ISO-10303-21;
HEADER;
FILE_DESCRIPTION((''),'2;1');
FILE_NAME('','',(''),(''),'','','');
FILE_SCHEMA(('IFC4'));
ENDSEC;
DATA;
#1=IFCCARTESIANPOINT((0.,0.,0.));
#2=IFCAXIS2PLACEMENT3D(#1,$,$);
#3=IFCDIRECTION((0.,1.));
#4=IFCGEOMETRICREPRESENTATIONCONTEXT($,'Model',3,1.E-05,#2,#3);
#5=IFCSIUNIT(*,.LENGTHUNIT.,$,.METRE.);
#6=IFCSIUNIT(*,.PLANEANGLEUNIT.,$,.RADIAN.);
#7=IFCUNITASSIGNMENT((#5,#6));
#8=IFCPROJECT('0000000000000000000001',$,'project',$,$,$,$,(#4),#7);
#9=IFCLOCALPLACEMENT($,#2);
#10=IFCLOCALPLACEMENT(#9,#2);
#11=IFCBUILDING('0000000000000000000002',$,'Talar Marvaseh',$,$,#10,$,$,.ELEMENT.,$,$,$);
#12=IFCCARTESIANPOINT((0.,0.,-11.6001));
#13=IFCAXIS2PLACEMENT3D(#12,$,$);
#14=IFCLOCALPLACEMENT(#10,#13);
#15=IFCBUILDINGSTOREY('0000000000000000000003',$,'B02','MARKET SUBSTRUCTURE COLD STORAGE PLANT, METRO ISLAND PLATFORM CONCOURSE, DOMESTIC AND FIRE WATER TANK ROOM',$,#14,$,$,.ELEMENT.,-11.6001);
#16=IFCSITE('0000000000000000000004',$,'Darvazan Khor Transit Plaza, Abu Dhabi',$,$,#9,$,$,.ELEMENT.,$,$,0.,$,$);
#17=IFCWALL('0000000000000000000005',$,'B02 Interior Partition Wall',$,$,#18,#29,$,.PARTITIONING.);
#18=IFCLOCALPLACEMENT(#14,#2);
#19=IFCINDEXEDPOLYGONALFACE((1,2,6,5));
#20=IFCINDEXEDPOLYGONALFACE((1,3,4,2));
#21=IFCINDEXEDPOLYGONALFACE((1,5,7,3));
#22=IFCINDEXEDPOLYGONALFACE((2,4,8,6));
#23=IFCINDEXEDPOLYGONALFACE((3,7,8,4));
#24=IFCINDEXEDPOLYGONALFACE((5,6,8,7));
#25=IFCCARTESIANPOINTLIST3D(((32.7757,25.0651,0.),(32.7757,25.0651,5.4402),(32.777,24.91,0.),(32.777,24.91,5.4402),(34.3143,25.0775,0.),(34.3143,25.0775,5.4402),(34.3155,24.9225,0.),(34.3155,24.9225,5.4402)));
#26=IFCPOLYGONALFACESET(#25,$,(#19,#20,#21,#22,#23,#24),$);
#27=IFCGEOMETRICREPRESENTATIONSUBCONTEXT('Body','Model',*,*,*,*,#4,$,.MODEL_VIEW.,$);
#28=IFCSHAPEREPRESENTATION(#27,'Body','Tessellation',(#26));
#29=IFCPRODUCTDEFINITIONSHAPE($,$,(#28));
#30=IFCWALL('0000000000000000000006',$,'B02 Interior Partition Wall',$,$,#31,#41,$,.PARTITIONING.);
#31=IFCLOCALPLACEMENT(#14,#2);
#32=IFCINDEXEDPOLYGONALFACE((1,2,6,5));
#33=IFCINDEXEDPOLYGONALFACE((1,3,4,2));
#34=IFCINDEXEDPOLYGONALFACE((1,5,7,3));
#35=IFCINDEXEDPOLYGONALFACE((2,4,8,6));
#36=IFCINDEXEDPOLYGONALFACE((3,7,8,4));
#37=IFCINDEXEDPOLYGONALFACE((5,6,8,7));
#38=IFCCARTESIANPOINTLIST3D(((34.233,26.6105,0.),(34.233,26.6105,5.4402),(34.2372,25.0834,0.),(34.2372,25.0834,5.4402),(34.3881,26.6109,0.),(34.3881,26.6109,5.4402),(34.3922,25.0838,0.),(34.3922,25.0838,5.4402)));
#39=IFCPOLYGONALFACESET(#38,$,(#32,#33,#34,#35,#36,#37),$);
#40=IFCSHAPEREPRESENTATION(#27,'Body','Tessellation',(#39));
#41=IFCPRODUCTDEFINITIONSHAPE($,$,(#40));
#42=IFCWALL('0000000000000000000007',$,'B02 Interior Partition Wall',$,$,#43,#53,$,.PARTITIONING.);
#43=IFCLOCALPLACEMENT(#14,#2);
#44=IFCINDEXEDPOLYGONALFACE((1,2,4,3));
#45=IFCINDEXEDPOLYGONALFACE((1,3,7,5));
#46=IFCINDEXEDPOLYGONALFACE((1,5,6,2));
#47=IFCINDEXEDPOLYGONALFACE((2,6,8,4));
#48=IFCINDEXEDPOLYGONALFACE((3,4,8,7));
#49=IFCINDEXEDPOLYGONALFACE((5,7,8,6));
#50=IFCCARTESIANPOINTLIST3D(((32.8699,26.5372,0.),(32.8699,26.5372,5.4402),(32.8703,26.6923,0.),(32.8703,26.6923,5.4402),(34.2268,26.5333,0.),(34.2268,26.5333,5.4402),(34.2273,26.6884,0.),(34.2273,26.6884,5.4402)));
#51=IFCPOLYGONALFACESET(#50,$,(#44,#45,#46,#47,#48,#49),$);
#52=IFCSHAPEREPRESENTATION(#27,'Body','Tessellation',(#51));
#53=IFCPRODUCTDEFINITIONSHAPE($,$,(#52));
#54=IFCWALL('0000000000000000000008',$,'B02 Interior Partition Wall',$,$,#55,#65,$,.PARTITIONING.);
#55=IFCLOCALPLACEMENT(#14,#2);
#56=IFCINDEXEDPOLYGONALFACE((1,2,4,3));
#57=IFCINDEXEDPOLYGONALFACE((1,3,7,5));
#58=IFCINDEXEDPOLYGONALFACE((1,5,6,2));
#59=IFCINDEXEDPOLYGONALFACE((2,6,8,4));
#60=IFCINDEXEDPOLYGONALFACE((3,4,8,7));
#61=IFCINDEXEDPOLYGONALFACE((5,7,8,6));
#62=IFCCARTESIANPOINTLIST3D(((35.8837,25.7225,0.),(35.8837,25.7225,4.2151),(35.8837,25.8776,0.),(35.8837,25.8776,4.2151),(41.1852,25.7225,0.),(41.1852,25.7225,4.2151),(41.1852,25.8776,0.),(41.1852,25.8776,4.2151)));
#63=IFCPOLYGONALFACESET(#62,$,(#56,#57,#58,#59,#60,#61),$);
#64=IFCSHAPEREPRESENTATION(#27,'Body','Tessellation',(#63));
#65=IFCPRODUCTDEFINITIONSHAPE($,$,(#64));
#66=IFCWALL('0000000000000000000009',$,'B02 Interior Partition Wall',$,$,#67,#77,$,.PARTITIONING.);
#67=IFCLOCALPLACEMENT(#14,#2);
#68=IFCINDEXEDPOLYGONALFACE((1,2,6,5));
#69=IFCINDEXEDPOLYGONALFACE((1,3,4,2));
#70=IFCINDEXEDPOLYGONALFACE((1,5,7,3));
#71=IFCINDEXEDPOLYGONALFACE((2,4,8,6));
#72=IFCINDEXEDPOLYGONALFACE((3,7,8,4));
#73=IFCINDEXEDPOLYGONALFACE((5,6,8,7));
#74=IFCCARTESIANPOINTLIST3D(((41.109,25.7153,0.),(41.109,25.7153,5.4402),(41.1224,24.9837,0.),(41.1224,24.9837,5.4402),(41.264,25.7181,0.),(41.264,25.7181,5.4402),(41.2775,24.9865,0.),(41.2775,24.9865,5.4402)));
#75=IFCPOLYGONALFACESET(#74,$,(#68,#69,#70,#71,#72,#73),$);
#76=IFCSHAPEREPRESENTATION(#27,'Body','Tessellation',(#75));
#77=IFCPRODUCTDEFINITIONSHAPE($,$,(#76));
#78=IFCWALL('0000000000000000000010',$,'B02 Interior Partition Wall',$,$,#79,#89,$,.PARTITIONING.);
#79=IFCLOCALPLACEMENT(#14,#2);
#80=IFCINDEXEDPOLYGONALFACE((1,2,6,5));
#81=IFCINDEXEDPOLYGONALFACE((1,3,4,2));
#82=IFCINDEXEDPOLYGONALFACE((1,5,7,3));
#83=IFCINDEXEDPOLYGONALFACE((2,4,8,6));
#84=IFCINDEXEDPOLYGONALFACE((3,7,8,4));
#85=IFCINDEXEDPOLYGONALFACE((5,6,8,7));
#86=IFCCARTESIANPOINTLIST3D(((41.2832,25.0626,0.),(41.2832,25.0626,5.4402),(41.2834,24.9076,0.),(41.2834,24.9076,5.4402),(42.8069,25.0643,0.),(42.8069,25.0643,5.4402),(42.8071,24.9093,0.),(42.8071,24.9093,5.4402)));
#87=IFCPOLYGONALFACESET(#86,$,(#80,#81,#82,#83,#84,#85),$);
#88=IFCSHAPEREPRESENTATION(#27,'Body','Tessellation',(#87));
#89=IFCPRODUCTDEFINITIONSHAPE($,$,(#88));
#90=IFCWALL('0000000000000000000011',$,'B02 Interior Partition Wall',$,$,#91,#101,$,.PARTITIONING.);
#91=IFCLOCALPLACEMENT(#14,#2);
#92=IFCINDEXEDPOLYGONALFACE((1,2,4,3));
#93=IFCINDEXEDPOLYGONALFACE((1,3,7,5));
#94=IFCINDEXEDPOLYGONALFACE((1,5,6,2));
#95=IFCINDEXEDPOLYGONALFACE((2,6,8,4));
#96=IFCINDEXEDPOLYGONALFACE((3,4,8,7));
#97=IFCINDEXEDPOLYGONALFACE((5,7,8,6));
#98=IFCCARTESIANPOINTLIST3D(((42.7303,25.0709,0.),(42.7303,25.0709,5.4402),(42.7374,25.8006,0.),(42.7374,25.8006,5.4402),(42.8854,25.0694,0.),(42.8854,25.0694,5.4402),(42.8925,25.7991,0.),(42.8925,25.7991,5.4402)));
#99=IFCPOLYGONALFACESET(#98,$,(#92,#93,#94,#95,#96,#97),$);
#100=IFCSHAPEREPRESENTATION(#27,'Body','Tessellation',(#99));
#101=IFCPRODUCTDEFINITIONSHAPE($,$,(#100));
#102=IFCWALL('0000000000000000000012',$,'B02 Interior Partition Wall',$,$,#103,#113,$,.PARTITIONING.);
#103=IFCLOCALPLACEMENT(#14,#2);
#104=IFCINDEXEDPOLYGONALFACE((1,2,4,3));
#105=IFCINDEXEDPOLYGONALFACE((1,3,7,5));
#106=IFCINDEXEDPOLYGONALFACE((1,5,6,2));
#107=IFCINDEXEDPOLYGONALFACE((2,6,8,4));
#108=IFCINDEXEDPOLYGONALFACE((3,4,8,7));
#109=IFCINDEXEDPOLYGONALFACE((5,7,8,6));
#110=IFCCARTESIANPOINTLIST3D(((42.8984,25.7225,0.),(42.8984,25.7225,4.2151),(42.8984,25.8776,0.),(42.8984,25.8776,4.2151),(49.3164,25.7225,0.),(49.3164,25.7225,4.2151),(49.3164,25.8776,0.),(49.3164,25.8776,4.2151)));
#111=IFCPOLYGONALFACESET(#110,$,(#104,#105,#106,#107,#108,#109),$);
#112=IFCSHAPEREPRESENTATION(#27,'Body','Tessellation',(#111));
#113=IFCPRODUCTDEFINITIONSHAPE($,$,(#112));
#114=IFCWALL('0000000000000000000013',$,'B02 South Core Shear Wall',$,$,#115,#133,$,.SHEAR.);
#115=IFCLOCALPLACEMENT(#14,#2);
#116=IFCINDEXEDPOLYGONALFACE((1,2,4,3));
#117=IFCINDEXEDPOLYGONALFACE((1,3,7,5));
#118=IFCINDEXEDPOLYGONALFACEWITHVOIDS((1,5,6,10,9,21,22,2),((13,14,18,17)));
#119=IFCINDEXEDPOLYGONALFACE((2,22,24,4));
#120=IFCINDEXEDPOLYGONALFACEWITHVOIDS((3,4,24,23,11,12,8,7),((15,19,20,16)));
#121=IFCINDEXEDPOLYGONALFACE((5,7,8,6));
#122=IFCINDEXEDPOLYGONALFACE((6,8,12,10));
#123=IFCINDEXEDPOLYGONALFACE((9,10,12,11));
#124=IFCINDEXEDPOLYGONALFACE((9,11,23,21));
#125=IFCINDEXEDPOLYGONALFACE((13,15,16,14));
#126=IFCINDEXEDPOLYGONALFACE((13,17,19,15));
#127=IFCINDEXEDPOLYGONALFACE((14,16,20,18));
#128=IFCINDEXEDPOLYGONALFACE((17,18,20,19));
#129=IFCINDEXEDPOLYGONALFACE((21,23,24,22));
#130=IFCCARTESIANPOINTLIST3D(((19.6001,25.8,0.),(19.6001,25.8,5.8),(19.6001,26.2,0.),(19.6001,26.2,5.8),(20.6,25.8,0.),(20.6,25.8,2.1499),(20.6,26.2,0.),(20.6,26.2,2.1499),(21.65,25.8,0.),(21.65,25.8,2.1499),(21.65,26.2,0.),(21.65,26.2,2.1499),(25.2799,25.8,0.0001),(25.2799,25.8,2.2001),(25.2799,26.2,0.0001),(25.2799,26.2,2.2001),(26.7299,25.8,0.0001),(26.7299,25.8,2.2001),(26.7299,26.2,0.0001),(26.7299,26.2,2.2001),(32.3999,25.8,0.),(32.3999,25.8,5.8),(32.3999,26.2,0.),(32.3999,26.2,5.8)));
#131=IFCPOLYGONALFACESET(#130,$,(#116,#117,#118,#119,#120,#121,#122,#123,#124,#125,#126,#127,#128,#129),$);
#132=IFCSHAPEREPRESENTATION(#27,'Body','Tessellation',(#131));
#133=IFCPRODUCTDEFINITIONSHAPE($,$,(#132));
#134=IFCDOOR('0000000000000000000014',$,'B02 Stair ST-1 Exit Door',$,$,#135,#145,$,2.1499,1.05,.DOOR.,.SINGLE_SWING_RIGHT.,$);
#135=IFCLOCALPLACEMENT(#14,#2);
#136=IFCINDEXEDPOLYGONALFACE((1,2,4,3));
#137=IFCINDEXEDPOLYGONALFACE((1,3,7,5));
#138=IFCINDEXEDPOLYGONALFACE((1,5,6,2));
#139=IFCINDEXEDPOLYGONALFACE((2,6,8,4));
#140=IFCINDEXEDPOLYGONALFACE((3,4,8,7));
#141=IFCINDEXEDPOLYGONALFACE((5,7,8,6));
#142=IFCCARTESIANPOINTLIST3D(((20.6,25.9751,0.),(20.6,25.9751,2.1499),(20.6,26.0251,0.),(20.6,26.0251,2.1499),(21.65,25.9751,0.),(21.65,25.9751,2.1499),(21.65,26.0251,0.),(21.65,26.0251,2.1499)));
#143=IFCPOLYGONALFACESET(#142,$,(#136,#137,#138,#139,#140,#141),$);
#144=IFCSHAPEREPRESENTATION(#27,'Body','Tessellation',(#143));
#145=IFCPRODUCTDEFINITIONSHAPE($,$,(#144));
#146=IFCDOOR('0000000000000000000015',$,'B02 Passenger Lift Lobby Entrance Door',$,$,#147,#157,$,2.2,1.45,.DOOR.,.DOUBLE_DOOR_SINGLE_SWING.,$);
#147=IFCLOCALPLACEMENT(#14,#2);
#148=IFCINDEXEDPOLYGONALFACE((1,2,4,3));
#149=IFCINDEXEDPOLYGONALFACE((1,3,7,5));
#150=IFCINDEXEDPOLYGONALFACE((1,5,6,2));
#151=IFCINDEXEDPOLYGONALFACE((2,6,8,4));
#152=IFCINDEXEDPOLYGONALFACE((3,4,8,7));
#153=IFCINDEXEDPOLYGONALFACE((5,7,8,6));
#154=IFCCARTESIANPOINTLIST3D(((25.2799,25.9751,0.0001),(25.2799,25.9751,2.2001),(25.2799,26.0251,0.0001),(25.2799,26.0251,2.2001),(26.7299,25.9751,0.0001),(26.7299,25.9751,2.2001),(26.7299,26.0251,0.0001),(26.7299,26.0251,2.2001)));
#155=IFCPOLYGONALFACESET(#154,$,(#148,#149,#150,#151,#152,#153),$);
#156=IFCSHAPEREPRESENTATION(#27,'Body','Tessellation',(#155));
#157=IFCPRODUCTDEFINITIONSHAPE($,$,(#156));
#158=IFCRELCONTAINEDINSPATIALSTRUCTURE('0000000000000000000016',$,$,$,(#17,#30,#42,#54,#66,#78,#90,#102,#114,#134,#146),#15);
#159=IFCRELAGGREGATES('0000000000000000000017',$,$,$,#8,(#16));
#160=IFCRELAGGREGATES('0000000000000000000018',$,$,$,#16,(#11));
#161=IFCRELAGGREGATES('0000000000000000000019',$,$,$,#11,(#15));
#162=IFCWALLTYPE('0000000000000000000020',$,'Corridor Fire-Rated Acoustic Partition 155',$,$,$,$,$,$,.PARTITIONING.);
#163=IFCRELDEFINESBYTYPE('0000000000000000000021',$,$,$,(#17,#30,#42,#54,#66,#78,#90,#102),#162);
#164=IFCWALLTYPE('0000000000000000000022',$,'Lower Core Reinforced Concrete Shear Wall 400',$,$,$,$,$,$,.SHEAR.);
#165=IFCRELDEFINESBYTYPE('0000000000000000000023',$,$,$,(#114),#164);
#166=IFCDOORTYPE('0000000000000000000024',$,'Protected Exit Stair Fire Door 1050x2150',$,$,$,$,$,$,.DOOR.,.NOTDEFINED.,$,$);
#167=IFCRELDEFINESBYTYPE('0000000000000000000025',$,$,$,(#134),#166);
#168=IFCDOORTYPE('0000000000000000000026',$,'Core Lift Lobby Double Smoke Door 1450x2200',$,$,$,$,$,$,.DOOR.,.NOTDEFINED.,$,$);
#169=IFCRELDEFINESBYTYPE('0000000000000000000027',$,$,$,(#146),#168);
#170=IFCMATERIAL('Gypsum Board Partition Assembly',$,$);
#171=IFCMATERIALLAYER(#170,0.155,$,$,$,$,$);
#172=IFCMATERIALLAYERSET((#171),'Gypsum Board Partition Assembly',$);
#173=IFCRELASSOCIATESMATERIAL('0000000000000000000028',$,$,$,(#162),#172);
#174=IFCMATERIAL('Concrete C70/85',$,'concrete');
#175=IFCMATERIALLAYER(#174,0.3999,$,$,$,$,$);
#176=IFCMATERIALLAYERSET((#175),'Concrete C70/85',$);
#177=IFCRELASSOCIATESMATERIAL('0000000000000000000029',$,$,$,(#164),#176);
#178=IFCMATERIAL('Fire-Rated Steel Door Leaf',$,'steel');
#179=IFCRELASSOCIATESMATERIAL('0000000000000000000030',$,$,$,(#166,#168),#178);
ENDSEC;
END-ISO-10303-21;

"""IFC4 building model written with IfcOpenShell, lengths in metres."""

from ifc_helpers import new_model, si_unit, direction, frame, frame_2d, origin, place, context, subcontext, project, spatial, rectangle, extrude, source, transform, mapped, material, layer, layer_set, type_object, type_shapes, element, fill, save


model = new_model("IFC4")

# Units and contexts
model_context = context("Model", 3, precision=1e-05, world=origin(), true_north=direction((0.0, 1.0)))
body_context = subcontext(model_context, "Body", "Model", "MODEL_VIEW")
ifc_project = project(units=[si_unit("LENGTHUNIT", "METRE"), si_unit("PLANEANGLEUNIT", "RADIAN")], contexts=[model_context])

# Site, building, storey
site_placement = place(None, origin())
site = spatial("IfcSite", under=ifc_project, at=site_placement, Name="Darvazan Khor Transit Plaza, Abu Dhabi", CompositionType="ELEMENT", RefElevation=0.0)
building_placement = place(site_placement, origin())
building = spatial("IfcBuilding", under=site, at=building_placement, Name="Talar Marvaseh", CompositionType="ELEMENT")
storey_placement = place(building_placement, frame((0.0, 0.0, -11.6001)))
storey = spatial("IfcBuildingStorey", under=building, at=storey_placement, Name="B02", Description="MARKET SUBSTRUCTURE COLD STORAGE PLANT, METRO ISLAND PLATFORM CONCOURSE, DOMESTIC AND FIRE WATER TANK ROOM", CompositionType="ELEMENT", Elevation=-11.6001)

# Shared definitions
ifc_material_1 = material(Name="Concrete C70/85", Category="concrete")

# Walls
ifc_material_2 = material(Name="Gypsum Board Partition Assembly")
ifc_layer_1 = layer(ifc_material_2, 0.155)
ifc_layer_set_1 = layer_set([ifc_layer_1], Name="Gypsum Board Partition Assembly")
wall_type_1 = type_object("IfcWallType", Name="Corridor Fire-Rated Acoustic Partition 155", PredefinedType="PARTITIONING", material=ifc_layer_set_1)
wall_1_placement = place(storey_placement, frame((32.7764, 24.9875, 0.0), z_axis=(0.0, 0.0, 1.0), x_axis=(0.999967, 0.008092, 0.0)))
element("IfcWall", 1, at=wall_1_placement, inside=storey, type_object=wall_type_1, Name="B02 Interior Partition Wall", PredefinedType="PARTITIONING", context=body_context, shape_type="SweptSolid", body=[
    extrude(rectangle(XDim=1.5386, YDim=0.155, at=frame_2d((0.7693, 0.0))), origin(), (0.0, 0.0, 1.0), 5.4402),
])
wall_2_placement = place(storey_placement, frame((34.3147, 25.0835, 0.0), z_axis=(0.0, 0.0, 1.0), x_axis=(-0.002718, 0.999996, 0.0)))
element("IfcWall", 2, at=wall_2_placement, inside=storey, type_object=wall_type_1, Name="B02 Interior Partition Wall", PredefinedType="PARTITIONING", context=body_context, shape_type="SweptSolid", body=[
    extrude(rectangle(XDim=1.5271, YDim=0.155, at=frame_2d((0.7637, 0.0))), origin(), (0.0, 0.0, 1.0), 5.4402),
])
wall_3_placement = place(storey_placement, frame((34.2271, 26.6108, 0.0), z_axis=(0.0, 0.0, 1.0), x_axis=(-0.999996, 0.002879, 0.0)))
element("IfcWall", 3, at=wall_3_placement, inside=storey, type_object=wall_type_1, Name="B02 Interior Partition Wall", PredefinedType="PARTITIONING", context=body_context, shape_type="SweptSolid", body=[
    extrude(rectangle(XDim=1.3569, YDim=0.155, at=frame_2d((0.6785, 0.0))), origin(), (0.0, 0.0, 1.0), 5.4402),
])
wall_4_placement = place(storey_placement, frame((35.8835, 25.8, 0.0), z_axis=(0.0, 0.0, 1.0), x_axis=(1.0, 0.0, 0.0)))
element("IfcWall", 4, at=wall_4_placement, inside=storey, type_object=wall_type_1, Name="B02 Interior Partition Wall", PredefinedType="PARTITIONING", context=body_context, shape_type="SweptSolid", body=[
    extrude(rectangle(XDim=5.3015, YDim=0.155, at=frame_2d((2.6509, 0.0))), origin(), (0.0, 0.0, 1.0), 4.2151),
])
wall_5_placement = place(storey_placement, frame((41.1865, 25.7166, 0.0), z_axis=(0.0, 0.0, 1.0), x_axis=(0.018355, -0.999832, 0.0)))
element("IfcWall", 5, at=wall_5_placement, inside=storey, type_object=wall_type_1, Name="B02 Interior Partition Wall", PredefinedType="PARTITIONING", context=body_context, shape_type="SweptSolid", body=[
    extrude(rectangle(XDim=0.7317, YDim=0.155, at=frame_2d((0.3657, 0.0))), origin(), (0.0, 0.0, 1.0), 5.4402),
])
wall_6_placement = place(storey_placement, frame((41.2834, 24.9851, 0.0), z_axis=(0.0, 0.0, 1.0), x_axis=(0.999999, 0.001122, 0.0)))
element("IfcWall", 6, at=wall_6_placement, inside=storey, type_object=wall_type_1, Name="B02 Interior Partition Wall", PredefinedType="PARTITIONING", context=body_context, shape_type="SweptSolid", body=[
    extrude(rectangle(XDim=1.5237, YDim=0.155, at=frame_2d((0.7617, 0.0))), origin(), (0.0, 0.0, 1.0), 5.4402),
])
wall_7_placement = place(storey_placement, frame((42.8079, 25.0703, 0.0), z_axis=(0.0, 0.0, 1.0), x_axis=(0.009702, 0.999953, 0.0)))
element("IfcWall", 7, at=wall_7_placement, inside=storey, type_object=wall_type_1, Name="B02 Interior Partition Wall", PredefinedType="PARTITIONING", context=body_context, shape_type="SweptSolid", body=[
    extrude(rectangle(XDim=0.7297, YDim=0.155, at=frame_2d((0.3647, 0.0))), origin(), (0.0, 0.0, 1.0), 5.4402),
])
wall_8_placement = place(storey_placement, frame((42.8984, 25.8, 0.0), z_axis=(0.0, 0.0, 1.0), x_axis=(1.0, 0.0, 0.0)))
element("IfcWall", 8, at=wall_8_placement, inside=storey, type_object=wall_type_1, Name="B02 Interior Partition Wall", PredefinedType="PARTITIONING", context=body_context, shape_type="SweptSolid", body=[
    extrude(rectangle(XDim=6.418, YDim=0.155, at=frame_2d((3.209, 0.0))), origin(), (0.0, 0.0, 1.0), 4.2151),
])

# Wall, openings, doors
ifc_layer_2 = layer(ifc_material_1, 0.3999)
ifc_layer_set_2 = layer_set([ifc_layer_2], Name="Concrete C70/85")
wall_type_2 = type_object("IfcWallType", Name="Lower Core Reinforced Concrete Shear Wall 400", PredefinedType="SHEAR", material=ifc_layer_set_2)
wall_9_placement = place(storey_placement, frame((32.3999, 26.0, 0.0), z_axis=(0.0, 0.0, 1.0), x_axis=(-1.0, 0.0, 0.0)))
wall_9 = element("IfcWall", 9, at=wall_9_placement, inside=storey, type_object=wall_type_2, Name="B02 South Core Shear Wall", PredefinedType="SHEAR", context=body_context, shape_type="SweptSolid", body=[
    extrude(rectangle(XDim=12.7998, YDim=0.3999, at=frame_2d((6.3999, 0.0))), origin(), (0.0, 0.0, 1.0), 5.8),
])
opening_1_placement = place(wall_9_placement, frame((10.75, 0.0, 0.0)))
opening_1 = element("IfcOpeningElement", 10, at=opening_1_placement, cuts=wall_9, PredefinedType="OPENING", context=body_context, shape_type="SweptSolid", body=[
    extrude(rectangle(XDim=1.05, YDim=2.1499, at=frame_2d((0.5249, 1.075))), frame((0.0, 0.21, 0.0), z_axis=(0.0, -1.0, 0.0), x_axis=(1.0, 0.0, 0.0)), (0.0, 0.0, 1.0), 0.4199),
])
opening_2_placement = place(wall_9_placement, frame((5.6699, 0.0, 0.0)))
opening_2 = element("IfcOpeningElement", 11, at=opening_2_placement, cuts=wall_9, PredefinedType="OPENING", context=body_context, shape_type="SweptSolid", body=[
    extrude(rectangle(XDim=1.45, YDim=2.2, at=frame_2d((0.7251, 1.1001))), frame((0.0, 0.21, 0.0), z_axis=(0.0, -1.0, 0.0), x_axis=(1.0, 0.0, 0.0)), (0.0, 0.0, 1.0), 0.4199),
])
ifc_material_3 = material(Name="Fire-Rated Steel Door Leaf", Category="steel")
door_type_1 = type_object("IfcDoorType", Name="Protected Exit Stair Fire Door 1050x2150", OperationType="NOTDEFINED", PredefinedType="DOOR", material=ifc_material_3)
shared_shape_1 = source(origin(), body_context, "Body", "SweptSolid", [
    extrude(rectangle(XDim=1.05, YDim=2.1499, at=frame_2d((0.5249, 1.075))), frame((0.0, 0.0249, 0.0), z_axis=(0.0, -1.0, 0.0), x_axis=(1.0, 0.0, 0.0)), (0.0, 0.0, 1.0), 0.05),
])
type_shapes(door_type_1, [shared_shape_1])
door_1_placement = place(opening_1_placement, origin())
door_1 = element("IfcDoor", 12, at=door_1_placement, inside=storey, type_object=door_type_1, Name="B02 Stair ST-1 Exit Door", OperationType="SINGLE_SWING_RIGHT", OverallHeight=2.1499, OverallWidth=1.05, PredefinedType="DOOR", context=body_context, shape_type="MappedRepresentation", body=[
    mapped(shared_shape_1, transform((0.0, 0.0, 0.0), x_axis=(1.0, 0.0, 0.0), y_axis=(0.0, 1.0, 0.0), z_axis=(0.0, 0.0, 1.0), scale=1.0)),
])
fill(opening_1, door_1)
door_type_2 = type_object("IfcDoorType", Name="Core Lift Lobby Double Smoke Door 1450x2200", OperationType="NOTDEFINED", PredefinedType="DOOR", material=ifc_material_3)
shared_shape_2 = source(origin(), body_context, "Body", "SweptSolid", [
    extrude(rectangle(XDim=1.45, YDim=2.2, at=frame_2d((0.7251, 1.1001))), frame((0.0, 0.0249, 0.0), z_axis=(0.0, -1.0, 0.0), x_axis=(1.0, 0.0, 0.0)), (0.0, 0.0, 1.0), 0.05),
])
type_shapes(door_type_2, [shared_shape_2])
door_2_placement = place(opening_2_placement, origin())
door_2 = element("IfcDoor", 13, at=door_2_placement, inside=storey, type_object=door_type_2, Name="B02 Passenger Lift Lobby Entrance Door", OperationType="DOUBLE_DOOR_SINGLE_SWING", OverallHeight=2.2, OverallWidth=1.45, PredefinedType="DOOR", context=body_context, shape_type="MappedRepresentation", body=[
    mapped(shared_shape_2, transform((0.0, 0.0, 0.0), x_axis=(1.0, 0.0, 0.0), y_axis=(0.0, 1.0, 0.0), z_axis=(0.0, 0.0, 1.0), scale=1.0)),
])
fill(opening_2, door_2)

save(model, "model.ifc")
